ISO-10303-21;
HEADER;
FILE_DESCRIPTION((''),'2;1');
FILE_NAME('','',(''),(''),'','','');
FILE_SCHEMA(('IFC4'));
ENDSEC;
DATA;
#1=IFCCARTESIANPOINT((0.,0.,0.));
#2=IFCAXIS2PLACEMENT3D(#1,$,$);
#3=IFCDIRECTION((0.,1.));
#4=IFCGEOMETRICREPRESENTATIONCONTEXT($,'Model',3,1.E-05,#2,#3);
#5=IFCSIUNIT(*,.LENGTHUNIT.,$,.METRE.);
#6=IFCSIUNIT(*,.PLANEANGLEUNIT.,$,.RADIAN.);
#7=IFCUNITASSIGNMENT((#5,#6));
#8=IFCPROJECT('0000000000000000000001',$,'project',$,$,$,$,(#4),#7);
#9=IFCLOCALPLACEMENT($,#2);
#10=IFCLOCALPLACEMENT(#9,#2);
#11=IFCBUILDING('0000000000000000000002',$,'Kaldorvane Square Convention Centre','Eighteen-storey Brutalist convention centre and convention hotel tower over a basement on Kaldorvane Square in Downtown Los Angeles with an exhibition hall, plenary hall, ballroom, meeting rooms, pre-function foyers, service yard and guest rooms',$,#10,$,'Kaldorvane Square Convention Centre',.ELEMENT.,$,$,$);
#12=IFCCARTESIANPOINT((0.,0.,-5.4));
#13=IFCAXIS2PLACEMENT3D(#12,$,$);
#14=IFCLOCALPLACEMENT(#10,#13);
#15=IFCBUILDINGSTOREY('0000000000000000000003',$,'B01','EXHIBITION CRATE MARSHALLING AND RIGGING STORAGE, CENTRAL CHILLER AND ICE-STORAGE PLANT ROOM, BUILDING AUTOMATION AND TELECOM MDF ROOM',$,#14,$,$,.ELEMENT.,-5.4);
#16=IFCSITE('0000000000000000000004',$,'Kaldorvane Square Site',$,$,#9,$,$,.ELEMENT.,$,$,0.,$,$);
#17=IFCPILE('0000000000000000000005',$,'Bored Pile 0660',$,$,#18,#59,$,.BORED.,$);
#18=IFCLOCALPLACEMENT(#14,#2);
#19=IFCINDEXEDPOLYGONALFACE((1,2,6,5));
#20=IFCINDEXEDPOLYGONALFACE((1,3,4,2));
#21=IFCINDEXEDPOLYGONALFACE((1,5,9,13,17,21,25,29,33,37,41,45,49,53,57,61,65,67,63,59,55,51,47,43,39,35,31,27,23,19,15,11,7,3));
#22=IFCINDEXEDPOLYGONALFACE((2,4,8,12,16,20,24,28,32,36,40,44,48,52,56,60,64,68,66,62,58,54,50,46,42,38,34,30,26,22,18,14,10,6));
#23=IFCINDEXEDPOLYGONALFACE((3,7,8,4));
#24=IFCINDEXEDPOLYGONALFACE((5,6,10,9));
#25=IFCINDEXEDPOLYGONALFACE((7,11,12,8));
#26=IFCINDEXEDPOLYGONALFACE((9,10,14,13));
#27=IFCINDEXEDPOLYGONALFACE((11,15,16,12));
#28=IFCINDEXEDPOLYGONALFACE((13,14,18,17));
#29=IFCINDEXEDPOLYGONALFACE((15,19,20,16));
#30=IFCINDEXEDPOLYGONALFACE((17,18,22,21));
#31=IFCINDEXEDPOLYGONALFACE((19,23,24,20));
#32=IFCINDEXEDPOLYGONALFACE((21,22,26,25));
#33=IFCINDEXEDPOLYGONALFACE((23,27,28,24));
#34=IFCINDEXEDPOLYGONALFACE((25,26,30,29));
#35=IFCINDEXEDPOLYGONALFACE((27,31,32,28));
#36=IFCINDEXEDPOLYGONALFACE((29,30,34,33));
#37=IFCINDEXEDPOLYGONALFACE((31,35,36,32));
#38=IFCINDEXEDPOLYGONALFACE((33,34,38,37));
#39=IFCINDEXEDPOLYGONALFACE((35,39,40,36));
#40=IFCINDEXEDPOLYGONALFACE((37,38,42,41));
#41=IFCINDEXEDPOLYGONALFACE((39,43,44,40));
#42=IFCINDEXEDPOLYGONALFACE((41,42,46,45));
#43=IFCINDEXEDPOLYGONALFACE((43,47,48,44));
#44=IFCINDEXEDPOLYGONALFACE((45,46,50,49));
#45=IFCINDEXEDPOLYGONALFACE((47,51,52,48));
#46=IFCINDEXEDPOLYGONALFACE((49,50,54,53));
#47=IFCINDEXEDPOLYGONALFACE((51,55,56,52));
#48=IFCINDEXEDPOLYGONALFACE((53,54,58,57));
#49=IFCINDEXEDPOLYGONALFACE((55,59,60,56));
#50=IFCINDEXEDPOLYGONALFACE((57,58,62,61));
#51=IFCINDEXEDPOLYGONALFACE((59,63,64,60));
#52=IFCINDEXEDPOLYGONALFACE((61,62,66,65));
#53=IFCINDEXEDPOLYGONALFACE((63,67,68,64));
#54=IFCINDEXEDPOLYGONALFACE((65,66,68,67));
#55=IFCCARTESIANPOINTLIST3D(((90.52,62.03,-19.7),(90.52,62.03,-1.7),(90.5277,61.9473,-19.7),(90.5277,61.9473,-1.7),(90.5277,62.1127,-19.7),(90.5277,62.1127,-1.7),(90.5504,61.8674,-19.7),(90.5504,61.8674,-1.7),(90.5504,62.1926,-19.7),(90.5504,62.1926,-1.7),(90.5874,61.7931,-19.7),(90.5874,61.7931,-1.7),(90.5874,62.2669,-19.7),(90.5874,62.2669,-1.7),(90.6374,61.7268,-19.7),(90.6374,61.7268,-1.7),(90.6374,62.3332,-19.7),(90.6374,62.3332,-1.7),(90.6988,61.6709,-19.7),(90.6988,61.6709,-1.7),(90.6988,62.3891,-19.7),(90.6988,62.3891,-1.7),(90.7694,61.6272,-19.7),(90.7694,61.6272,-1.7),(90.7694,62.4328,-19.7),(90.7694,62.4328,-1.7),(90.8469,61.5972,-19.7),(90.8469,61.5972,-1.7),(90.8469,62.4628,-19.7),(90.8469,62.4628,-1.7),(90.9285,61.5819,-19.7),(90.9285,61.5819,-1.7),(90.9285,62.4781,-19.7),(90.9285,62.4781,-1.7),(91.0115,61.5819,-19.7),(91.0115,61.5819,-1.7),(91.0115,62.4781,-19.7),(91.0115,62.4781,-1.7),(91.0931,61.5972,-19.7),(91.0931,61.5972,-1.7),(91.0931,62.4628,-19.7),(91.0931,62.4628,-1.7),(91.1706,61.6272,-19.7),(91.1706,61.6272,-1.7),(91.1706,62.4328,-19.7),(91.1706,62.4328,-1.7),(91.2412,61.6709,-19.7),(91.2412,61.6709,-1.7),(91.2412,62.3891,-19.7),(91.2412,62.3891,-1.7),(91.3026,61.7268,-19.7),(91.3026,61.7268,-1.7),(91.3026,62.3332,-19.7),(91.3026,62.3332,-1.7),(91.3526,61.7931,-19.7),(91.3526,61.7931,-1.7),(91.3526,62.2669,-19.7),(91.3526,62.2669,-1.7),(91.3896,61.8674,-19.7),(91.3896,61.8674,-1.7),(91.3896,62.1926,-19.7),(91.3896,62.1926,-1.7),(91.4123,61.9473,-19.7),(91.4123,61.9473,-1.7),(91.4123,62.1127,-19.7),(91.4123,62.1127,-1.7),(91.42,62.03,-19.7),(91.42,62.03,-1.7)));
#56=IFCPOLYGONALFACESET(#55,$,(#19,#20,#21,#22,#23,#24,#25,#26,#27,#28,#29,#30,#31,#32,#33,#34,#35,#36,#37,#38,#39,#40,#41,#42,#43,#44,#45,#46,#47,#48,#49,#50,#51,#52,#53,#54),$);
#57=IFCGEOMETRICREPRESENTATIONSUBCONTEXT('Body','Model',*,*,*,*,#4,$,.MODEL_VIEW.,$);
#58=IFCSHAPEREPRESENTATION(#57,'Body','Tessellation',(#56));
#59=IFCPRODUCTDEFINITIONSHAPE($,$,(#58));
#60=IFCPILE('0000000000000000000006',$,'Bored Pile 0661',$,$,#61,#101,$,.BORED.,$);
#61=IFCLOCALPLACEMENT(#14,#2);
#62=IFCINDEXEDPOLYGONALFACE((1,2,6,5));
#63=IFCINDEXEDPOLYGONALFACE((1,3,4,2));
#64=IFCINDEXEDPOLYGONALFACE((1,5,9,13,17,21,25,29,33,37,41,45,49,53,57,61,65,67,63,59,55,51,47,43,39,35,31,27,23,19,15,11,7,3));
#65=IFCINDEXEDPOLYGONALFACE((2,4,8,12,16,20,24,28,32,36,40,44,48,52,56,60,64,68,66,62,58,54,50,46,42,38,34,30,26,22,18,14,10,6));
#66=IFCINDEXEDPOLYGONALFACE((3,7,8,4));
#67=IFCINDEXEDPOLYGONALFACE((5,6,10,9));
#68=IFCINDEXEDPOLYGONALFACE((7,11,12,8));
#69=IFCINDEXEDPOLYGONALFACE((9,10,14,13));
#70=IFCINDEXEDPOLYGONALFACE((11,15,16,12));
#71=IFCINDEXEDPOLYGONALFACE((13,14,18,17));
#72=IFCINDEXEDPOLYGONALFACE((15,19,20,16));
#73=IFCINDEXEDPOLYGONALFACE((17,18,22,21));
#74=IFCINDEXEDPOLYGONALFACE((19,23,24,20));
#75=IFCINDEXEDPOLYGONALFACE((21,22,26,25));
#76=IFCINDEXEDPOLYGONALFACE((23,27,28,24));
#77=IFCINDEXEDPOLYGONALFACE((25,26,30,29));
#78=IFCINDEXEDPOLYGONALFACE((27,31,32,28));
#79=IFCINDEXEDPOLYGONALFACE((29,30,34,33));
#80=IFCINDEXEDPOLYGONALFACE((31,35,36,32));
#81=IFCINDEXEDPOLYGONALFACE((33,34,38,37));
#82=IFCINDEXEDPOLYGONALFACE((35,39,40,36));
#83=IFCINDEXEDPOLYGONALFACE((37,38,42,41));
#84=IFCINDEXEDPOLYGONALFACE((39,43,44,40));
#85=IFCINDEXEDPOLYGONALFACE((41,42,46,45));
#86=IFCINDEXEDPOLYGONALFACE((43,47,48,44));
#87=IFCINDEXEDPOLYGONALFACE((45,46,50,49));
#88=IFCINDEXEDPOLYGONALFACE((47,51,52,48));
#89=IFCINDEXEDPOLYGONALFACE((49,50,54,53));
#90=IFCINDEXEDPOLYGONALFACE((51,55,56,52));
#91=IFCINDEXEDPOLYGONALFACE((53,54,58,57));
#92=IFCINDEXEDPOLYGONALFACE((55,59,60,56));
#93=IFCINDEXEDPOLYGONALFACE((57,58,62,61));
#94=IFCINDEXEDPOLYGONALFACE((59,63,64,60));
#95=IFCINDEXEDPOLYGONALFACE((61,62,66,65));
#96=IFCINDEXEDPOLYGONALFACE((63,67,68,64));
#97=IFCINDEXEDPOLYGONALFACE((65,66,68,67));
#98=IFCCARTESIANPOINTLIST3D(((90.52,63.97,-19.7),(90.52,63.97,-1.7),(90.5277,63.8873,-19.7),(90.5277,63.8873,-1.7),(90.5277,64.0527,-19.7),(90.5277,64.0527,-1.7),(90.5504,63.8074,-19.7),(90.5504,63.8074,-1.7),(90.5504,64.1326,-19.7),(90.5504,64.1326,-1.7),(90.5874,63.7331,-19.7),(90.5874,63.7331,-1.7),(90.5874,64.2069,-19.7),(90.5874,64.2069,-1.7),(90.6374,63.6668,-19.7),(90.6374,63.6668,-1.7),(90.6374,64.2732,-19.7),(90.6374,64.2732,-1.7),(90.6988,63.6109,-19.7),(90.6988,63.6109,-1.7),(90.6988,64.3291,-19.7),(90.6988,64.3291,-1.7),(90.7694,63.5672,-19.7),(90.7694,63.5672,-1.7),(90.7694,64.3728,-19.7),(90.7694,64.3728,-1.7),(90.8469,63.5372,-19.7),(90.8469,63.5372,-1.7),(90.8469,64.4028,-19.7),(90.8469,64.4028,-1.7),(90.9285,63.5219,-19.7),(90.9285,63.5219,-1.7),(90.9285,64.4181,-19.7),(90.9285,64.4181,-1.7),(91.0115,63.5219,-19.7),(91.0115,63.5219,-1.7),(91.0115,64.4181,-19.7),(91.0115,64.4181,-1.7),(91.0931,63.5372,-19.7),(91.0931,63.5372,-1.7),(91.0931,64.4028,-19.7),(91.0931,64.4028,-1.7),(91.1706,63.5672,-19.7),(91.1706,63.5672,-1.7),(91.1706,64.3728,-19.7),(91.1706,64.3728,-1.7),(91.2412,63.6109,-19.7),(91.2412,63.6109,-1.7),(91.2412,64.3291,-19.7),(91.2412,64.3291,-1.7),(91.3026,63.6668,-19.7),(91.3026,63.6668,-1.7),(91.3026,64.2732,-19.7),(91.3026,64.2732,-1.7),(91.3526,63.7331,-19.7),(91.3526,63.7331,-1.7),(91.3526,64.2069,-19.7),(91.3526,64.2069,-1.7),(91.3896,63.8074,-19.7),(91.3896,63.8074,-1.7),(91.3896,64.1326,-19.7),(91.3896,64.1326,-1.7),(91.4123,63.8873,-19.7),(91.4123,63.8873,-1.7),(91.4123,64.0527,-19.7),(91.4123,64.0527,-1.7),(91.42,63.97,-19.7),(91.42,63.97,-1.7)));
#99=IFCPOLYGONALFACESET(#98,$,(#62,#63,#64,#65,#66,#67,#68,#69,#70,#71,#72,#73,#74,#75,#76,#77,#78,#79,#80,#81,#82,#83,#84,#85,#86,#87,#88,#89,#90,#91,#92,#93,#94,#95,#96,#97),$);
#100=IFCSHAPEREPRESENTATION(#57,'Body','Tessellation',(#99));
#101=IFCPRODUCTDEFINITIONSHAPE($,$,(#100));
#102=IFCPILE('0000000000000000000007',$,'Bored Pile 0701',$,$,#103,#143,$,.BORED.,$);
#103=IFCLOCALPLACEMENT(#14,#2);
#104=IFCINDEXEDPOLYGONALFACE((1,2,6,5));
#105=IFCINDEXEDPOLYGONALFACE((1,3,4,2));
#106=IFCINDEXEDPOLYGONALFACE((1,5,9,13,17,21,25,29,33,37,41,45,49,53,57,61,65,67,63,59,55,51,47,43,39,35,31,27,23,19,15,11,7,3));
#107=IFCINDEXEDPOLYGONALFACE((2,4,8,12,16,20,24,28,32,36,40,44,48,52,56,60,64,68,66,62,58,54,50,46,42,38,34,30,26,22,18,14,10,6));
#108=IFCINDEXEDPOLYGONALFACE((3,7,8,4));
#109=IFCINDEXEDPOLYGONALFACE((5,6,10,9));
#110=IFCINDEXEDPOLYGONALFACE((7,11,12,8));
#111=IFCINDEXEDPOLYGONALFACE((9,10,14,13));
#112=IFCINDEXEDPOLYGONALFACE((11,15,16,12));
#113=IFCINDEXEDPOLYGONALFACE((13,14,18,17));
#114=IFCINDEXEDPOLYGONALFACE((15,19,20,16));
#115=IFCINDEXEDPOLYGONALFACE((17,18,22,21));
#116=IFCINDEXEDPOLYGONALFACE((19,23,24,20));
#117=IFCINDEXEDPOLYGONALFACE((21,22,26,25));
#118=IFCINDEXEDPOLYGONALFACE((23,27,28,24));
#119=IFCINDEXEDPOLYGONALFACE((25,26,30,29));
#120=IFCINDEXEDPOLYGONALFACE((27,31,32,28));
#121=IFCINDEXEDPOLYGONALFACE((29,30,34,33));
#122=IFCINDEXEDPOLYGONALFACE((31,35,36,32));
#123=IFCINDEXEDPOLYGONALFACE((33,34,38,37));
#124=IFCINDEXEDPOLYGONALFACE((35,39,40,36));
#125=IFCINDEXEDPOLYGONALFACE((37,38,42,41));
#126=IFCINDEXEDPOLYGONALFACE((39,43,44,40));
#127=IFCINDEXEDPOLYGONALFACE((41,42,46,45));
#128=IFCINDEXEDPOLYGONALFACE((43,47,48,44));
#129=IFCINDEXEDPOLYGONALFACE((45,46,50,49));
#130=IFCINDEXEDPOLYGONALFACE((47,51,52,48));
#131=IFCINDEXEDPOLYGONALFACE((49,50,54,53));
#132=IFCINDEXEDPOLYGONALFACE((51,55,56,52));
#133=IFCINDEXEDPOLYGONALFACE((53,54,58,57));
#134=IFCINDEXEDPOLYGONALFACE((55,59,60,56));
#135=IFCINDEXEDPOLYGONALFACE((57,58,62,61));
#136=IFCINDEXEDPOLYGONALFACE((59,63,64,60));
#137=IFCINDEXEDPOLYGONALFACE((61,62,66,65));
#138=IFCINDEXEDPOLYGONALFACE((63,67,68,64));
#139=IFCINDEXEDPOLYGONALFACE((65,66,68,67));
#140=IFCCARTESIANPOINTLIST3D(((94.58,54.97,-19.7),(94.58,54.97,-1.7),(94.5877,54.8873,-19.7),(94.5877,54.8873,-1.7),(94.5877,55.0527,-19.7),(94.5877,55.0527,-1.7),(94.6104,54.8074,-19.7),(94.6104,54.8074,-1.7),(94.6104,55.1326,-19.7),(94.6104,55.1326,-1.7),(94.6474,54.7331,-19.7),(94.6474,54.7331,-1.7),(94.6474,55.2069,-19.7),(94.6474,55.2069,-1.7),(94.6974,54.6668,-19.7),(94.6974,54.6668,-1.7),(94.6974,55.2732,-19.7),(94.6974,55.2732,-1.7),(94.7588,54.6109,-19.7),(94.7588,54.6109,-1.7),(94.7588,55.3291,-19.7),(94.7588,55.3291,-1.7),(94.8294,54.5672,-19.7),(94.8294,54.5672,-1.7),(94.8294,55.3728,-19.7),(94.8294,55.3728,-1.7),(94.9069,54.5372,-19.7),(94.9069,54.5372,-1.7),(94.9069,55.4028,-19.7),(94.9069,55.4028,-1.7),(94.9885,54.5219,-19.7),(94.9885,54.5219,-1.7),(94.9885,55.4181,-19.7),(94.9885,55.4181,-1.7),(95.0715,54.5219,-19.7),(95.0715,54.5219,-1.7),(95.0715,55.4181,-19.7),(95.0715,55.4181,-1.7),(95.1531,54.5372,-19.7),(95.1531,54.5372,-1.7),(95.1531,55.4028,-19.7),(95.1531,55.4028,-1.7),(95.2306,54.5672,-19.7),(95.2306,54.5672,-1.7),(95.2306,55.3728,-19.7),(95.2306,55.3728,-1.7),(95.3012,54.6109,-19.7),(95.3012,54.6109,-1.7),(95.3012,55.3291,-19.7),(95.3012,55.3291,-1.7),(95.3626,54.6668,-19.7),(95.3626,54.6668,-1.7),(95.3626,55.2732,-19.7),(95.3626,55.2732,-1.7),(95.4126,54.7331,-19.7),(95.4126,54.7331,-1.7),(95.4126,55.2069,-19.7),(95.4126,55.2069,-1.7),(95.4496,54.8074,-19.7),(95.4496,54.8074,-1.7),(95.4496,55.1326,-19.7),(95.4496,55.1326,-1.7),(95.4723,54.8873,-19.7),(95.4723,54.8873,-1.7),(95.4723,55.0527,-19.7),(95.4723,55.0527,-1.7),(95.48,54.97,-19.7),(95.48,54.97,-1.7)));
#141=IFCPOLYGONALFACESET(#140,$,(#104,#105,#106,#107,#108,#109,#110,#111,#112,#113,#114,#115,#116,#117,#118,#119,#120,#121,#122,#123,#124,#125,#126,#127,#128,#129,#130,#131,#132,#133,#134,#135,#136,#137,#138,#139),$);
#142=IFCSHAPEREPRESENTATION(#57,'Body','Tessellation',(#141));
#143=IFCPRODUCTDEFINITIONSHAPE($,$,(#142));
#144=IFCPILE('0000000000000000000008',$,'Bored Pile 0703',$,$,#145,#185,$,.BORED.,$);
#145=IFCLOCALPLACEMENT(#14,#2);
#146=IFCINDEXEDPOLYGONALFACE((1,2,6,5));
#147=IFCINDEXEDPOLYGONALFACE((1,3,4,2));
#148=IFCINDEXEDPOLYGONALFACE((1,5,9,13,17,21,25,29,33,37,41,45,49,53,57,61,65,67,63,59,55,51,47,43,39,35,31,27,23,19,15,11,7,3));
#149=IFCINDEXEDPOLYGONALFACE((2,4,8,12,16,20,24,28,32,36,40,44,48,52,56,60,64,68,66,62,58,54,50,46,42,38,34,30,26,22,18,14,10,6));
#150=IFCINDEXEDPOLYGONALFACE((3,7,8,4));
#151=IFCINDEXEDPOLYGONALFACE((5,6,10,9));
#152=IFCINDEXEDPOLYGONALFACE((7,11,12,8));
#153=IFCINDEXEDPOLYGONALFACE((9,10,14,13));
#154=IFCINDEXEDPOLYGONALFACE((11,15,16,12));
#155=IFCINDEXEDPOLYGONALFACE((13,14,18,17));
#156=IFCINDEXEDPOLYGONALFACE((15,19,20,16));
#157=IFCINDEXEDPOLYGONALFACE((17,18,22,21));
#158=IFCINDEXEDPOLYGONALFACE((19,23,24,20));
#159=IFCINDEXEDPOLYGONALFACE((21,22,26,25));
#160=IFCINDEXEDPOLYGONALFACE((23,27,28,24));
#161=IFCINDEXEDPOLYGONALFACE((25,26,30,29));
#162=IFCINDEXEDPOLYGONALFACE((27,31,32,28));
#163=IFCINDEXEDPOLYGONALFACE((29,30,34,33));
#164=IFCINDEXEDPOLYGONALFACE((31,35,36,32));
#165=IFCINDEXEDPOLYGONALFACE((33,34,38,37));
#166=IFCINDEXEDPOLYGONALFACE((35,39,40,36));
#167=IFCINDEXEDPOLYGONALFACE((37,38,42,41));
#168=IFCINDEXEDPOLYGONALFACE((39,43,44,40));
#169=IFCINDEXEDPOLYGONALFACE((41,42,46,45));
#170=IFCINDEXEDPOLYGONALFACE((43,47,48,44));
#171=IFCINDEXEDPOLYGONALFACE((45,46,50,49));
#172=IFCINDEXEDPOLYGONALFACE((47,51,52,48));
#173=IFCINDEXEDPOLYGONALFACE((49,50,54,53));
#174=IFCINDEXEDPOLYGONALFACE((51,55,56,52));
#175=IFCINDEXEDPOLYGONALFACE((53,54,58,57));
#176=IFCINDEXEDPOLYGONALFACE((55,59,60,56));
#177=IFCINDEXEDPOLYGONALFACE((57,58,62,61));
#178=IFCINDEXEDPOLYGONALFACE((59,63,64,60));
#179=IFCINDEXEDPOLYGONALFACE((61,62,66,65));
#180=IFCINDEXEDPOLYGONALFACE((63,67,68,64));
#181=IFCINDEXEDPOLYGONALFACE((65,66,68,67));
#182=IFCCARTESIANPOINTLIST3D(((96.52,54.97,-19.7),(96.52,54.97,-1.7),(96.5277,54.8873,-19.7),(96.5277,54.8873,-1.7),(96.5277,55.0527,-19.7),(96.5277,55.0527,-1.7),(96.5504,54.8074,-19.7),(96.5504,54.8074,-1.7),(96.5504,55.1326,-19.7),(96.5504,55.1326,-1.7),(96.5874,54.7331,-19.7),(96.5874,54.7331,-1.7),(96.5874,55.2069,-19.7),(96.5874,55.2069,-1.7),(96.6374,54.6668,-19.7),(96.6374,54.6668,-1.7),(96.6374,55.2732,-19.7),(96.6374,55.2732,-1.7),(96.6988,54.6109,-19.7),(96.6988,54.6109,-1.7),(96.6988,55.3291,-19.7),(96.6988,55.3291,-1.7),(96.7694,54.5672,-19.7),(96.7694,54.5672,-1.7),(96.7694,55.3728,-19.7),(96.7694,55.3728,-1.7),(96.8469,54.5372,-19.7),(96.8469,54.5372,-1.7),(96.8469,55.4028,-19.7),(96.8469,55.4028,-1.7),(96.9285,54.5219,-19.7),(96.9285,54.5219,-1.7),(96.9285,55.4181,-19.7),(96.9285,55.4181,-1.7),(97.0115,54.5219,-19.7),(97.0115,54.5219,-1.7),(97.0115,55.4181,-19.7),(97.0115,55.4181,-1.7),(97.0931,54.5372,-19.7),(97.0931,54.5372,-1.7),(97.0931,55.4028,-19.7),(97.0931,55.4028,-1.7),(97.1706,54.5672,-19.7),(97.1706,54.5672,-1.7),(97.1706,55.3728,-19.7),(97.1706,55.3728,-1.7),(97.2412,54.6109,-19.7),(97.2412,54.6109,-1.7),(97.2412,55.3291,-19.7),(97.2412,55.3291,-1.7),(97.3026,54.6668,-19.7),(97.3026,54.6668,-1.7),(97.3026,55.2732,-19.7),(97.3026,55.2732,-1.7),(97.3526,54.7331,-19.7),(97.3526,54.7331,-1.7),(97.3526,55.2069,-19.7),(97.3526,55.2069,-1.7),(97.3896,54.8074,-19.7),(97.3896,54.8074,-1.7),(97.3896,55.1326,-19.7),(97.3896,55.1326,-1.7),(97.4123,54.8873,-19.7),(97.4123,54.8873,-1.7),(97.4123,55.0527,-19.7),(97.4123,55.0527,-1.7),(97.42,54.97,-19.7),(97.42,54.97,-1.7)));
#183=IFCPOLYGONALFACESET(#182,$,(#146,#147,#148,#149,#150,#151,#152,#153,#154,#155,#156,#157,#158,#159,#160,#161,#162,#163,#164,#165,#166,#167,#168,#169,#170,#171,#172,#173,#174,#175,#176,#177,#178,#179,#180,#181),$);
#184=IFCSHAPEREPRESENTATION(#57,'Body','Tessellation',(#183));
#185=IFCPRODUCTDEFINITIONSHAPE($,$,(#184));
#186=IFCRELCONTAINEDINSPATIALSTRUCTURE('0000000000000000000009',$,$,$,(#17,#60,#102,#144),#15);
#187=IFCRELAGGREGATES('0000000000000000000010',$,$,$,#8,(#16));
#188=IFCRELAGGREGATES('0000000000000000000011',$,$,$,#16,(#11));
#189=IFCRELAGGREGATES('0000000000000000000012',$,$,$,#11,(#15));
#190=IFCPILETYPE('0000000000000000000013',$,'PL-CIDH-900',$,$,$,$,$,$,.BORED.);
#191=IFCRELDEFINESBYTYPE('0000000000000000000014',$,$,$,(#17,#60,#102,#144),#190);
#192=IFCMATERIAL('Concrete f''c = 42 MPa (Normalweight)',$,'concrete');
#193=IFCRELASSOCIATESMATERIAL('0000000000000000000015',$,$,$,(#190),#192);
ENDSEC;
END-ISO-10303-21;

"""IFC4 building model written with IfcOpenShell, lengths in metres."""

from ifc_helpers import new_model, si_unit, direction, frame, origin, origin_2d, place, context, subcontext, project, spatial, circle, extrude, material, material_profile, profile_set, type_object, element, save


model = new_model("IFC4")

# Units and contexts
model_context = context("Model", 3, precision=1e-05, world=origin(), true_north=direction((0.0, 1.0)))
body_context = subcontext(model_context, "Body", "Model", "MODEL_VIEW")
ifc_project = project(units=[si_unit("LENGTHUNIT", "METRE"), si_unit("PLANEANGLEUNIT", "RADIAN")], contexts=[model_context])

# Site, building, storey
site_placement = place(None, origin())
site = spatial("IfcSite", under=ifc_project, at=site_placement, Name="Kaldorvane Square Site", CompositionType="ELEMENT", RefElevation=0.0)
building_placement = place(site_placement, origin())
building = spatial("IfcBuilding", under=site, at=building_placement, Name="Kaldorvane Square Convention Centre", Description="Eighteen-storey Brutalist convention centre and convention hotel tower over a basement on Kaldorvane Square in Downtown Los Angeles with an exhibition hall, plenary hall, ballroom, meeting rooms, pre-function foyers, service yard and guest rooms", LongName="Kaldorvane Square Convention Centre", CompositionType="ELEMENT")
storey_placement = place(building_placement, frame((0.0, 0.0, -5.4)))
storey = spatial("IfcBuildingStorey", under=building, at=storey_placement, Name="B01", Description="EXHIBITION CRATE MARSHALLING AND RIGGING STORAGE, CENTRAL CHILLER AND ICE-STORAGE PLANT ROOM, BUILDING AUTOMATION AND TELECOM MDF ROOM", CompositionType="ELEMENT", Elevation=-5.4)

# Shared definitions
ifc_material_1 = material(Name="Concrete f'c = 42 MPa (Normalweight)", Category="concrete")

# Piles
ifc_material_profile_1 = material_profile(ifc_material_1, circle(Radius=0.45, at=origin_2d()), Name="PILE-D900")
ifc_profile_set_1 = profile_set([ifc_material_profile_1], Name="Concrete f'c = 42 MPa (Normalweight)")
pile_type_1 = type_object("IfcPileType", Name="PL-CIDH-900", PredefinedType="BORED", material=ifc_profile_set_1)
for number, where, z_axis, x_axis, name in (
    (1, (90.97, 62.03, -1.7), (0.0, 0.0, -1.0), (1.0, 0.0, 0.0), "Bored Pile 0660"),
    (2, (90.97, 63.97, -1.7), (0.0, 0.0, -1.0), (1.0, 0.0, 0.0), "Bored Pile 0661"),
    (3, (95.03, 54.97, -1.7), (0.0, 0.0, -1.0), (1.0, 0.0, 0.0), "Bored Pile 0701"),
    (4, (96.97, 54.97, -1.7), (0.0, 0.0, -1.0), (1.0, 0.0, 0.0), "Bored Pile 0703"),
):
    element("IfcPile", number, at=place(storey_placement, frame(where, z_axis=z_axis, x_axis=x_axis)), inside=storey, type_object=pile_type_1, Name=name, PredefinedType="BORED", context=body_context, shape_type="SweptSolid", body=[
        extrude(circle(Radius=0.45, at=origin_2d()), origin(), (0.0, 0.0, 1.0), 18.0),
    ])

save(model, "model.ifc")
